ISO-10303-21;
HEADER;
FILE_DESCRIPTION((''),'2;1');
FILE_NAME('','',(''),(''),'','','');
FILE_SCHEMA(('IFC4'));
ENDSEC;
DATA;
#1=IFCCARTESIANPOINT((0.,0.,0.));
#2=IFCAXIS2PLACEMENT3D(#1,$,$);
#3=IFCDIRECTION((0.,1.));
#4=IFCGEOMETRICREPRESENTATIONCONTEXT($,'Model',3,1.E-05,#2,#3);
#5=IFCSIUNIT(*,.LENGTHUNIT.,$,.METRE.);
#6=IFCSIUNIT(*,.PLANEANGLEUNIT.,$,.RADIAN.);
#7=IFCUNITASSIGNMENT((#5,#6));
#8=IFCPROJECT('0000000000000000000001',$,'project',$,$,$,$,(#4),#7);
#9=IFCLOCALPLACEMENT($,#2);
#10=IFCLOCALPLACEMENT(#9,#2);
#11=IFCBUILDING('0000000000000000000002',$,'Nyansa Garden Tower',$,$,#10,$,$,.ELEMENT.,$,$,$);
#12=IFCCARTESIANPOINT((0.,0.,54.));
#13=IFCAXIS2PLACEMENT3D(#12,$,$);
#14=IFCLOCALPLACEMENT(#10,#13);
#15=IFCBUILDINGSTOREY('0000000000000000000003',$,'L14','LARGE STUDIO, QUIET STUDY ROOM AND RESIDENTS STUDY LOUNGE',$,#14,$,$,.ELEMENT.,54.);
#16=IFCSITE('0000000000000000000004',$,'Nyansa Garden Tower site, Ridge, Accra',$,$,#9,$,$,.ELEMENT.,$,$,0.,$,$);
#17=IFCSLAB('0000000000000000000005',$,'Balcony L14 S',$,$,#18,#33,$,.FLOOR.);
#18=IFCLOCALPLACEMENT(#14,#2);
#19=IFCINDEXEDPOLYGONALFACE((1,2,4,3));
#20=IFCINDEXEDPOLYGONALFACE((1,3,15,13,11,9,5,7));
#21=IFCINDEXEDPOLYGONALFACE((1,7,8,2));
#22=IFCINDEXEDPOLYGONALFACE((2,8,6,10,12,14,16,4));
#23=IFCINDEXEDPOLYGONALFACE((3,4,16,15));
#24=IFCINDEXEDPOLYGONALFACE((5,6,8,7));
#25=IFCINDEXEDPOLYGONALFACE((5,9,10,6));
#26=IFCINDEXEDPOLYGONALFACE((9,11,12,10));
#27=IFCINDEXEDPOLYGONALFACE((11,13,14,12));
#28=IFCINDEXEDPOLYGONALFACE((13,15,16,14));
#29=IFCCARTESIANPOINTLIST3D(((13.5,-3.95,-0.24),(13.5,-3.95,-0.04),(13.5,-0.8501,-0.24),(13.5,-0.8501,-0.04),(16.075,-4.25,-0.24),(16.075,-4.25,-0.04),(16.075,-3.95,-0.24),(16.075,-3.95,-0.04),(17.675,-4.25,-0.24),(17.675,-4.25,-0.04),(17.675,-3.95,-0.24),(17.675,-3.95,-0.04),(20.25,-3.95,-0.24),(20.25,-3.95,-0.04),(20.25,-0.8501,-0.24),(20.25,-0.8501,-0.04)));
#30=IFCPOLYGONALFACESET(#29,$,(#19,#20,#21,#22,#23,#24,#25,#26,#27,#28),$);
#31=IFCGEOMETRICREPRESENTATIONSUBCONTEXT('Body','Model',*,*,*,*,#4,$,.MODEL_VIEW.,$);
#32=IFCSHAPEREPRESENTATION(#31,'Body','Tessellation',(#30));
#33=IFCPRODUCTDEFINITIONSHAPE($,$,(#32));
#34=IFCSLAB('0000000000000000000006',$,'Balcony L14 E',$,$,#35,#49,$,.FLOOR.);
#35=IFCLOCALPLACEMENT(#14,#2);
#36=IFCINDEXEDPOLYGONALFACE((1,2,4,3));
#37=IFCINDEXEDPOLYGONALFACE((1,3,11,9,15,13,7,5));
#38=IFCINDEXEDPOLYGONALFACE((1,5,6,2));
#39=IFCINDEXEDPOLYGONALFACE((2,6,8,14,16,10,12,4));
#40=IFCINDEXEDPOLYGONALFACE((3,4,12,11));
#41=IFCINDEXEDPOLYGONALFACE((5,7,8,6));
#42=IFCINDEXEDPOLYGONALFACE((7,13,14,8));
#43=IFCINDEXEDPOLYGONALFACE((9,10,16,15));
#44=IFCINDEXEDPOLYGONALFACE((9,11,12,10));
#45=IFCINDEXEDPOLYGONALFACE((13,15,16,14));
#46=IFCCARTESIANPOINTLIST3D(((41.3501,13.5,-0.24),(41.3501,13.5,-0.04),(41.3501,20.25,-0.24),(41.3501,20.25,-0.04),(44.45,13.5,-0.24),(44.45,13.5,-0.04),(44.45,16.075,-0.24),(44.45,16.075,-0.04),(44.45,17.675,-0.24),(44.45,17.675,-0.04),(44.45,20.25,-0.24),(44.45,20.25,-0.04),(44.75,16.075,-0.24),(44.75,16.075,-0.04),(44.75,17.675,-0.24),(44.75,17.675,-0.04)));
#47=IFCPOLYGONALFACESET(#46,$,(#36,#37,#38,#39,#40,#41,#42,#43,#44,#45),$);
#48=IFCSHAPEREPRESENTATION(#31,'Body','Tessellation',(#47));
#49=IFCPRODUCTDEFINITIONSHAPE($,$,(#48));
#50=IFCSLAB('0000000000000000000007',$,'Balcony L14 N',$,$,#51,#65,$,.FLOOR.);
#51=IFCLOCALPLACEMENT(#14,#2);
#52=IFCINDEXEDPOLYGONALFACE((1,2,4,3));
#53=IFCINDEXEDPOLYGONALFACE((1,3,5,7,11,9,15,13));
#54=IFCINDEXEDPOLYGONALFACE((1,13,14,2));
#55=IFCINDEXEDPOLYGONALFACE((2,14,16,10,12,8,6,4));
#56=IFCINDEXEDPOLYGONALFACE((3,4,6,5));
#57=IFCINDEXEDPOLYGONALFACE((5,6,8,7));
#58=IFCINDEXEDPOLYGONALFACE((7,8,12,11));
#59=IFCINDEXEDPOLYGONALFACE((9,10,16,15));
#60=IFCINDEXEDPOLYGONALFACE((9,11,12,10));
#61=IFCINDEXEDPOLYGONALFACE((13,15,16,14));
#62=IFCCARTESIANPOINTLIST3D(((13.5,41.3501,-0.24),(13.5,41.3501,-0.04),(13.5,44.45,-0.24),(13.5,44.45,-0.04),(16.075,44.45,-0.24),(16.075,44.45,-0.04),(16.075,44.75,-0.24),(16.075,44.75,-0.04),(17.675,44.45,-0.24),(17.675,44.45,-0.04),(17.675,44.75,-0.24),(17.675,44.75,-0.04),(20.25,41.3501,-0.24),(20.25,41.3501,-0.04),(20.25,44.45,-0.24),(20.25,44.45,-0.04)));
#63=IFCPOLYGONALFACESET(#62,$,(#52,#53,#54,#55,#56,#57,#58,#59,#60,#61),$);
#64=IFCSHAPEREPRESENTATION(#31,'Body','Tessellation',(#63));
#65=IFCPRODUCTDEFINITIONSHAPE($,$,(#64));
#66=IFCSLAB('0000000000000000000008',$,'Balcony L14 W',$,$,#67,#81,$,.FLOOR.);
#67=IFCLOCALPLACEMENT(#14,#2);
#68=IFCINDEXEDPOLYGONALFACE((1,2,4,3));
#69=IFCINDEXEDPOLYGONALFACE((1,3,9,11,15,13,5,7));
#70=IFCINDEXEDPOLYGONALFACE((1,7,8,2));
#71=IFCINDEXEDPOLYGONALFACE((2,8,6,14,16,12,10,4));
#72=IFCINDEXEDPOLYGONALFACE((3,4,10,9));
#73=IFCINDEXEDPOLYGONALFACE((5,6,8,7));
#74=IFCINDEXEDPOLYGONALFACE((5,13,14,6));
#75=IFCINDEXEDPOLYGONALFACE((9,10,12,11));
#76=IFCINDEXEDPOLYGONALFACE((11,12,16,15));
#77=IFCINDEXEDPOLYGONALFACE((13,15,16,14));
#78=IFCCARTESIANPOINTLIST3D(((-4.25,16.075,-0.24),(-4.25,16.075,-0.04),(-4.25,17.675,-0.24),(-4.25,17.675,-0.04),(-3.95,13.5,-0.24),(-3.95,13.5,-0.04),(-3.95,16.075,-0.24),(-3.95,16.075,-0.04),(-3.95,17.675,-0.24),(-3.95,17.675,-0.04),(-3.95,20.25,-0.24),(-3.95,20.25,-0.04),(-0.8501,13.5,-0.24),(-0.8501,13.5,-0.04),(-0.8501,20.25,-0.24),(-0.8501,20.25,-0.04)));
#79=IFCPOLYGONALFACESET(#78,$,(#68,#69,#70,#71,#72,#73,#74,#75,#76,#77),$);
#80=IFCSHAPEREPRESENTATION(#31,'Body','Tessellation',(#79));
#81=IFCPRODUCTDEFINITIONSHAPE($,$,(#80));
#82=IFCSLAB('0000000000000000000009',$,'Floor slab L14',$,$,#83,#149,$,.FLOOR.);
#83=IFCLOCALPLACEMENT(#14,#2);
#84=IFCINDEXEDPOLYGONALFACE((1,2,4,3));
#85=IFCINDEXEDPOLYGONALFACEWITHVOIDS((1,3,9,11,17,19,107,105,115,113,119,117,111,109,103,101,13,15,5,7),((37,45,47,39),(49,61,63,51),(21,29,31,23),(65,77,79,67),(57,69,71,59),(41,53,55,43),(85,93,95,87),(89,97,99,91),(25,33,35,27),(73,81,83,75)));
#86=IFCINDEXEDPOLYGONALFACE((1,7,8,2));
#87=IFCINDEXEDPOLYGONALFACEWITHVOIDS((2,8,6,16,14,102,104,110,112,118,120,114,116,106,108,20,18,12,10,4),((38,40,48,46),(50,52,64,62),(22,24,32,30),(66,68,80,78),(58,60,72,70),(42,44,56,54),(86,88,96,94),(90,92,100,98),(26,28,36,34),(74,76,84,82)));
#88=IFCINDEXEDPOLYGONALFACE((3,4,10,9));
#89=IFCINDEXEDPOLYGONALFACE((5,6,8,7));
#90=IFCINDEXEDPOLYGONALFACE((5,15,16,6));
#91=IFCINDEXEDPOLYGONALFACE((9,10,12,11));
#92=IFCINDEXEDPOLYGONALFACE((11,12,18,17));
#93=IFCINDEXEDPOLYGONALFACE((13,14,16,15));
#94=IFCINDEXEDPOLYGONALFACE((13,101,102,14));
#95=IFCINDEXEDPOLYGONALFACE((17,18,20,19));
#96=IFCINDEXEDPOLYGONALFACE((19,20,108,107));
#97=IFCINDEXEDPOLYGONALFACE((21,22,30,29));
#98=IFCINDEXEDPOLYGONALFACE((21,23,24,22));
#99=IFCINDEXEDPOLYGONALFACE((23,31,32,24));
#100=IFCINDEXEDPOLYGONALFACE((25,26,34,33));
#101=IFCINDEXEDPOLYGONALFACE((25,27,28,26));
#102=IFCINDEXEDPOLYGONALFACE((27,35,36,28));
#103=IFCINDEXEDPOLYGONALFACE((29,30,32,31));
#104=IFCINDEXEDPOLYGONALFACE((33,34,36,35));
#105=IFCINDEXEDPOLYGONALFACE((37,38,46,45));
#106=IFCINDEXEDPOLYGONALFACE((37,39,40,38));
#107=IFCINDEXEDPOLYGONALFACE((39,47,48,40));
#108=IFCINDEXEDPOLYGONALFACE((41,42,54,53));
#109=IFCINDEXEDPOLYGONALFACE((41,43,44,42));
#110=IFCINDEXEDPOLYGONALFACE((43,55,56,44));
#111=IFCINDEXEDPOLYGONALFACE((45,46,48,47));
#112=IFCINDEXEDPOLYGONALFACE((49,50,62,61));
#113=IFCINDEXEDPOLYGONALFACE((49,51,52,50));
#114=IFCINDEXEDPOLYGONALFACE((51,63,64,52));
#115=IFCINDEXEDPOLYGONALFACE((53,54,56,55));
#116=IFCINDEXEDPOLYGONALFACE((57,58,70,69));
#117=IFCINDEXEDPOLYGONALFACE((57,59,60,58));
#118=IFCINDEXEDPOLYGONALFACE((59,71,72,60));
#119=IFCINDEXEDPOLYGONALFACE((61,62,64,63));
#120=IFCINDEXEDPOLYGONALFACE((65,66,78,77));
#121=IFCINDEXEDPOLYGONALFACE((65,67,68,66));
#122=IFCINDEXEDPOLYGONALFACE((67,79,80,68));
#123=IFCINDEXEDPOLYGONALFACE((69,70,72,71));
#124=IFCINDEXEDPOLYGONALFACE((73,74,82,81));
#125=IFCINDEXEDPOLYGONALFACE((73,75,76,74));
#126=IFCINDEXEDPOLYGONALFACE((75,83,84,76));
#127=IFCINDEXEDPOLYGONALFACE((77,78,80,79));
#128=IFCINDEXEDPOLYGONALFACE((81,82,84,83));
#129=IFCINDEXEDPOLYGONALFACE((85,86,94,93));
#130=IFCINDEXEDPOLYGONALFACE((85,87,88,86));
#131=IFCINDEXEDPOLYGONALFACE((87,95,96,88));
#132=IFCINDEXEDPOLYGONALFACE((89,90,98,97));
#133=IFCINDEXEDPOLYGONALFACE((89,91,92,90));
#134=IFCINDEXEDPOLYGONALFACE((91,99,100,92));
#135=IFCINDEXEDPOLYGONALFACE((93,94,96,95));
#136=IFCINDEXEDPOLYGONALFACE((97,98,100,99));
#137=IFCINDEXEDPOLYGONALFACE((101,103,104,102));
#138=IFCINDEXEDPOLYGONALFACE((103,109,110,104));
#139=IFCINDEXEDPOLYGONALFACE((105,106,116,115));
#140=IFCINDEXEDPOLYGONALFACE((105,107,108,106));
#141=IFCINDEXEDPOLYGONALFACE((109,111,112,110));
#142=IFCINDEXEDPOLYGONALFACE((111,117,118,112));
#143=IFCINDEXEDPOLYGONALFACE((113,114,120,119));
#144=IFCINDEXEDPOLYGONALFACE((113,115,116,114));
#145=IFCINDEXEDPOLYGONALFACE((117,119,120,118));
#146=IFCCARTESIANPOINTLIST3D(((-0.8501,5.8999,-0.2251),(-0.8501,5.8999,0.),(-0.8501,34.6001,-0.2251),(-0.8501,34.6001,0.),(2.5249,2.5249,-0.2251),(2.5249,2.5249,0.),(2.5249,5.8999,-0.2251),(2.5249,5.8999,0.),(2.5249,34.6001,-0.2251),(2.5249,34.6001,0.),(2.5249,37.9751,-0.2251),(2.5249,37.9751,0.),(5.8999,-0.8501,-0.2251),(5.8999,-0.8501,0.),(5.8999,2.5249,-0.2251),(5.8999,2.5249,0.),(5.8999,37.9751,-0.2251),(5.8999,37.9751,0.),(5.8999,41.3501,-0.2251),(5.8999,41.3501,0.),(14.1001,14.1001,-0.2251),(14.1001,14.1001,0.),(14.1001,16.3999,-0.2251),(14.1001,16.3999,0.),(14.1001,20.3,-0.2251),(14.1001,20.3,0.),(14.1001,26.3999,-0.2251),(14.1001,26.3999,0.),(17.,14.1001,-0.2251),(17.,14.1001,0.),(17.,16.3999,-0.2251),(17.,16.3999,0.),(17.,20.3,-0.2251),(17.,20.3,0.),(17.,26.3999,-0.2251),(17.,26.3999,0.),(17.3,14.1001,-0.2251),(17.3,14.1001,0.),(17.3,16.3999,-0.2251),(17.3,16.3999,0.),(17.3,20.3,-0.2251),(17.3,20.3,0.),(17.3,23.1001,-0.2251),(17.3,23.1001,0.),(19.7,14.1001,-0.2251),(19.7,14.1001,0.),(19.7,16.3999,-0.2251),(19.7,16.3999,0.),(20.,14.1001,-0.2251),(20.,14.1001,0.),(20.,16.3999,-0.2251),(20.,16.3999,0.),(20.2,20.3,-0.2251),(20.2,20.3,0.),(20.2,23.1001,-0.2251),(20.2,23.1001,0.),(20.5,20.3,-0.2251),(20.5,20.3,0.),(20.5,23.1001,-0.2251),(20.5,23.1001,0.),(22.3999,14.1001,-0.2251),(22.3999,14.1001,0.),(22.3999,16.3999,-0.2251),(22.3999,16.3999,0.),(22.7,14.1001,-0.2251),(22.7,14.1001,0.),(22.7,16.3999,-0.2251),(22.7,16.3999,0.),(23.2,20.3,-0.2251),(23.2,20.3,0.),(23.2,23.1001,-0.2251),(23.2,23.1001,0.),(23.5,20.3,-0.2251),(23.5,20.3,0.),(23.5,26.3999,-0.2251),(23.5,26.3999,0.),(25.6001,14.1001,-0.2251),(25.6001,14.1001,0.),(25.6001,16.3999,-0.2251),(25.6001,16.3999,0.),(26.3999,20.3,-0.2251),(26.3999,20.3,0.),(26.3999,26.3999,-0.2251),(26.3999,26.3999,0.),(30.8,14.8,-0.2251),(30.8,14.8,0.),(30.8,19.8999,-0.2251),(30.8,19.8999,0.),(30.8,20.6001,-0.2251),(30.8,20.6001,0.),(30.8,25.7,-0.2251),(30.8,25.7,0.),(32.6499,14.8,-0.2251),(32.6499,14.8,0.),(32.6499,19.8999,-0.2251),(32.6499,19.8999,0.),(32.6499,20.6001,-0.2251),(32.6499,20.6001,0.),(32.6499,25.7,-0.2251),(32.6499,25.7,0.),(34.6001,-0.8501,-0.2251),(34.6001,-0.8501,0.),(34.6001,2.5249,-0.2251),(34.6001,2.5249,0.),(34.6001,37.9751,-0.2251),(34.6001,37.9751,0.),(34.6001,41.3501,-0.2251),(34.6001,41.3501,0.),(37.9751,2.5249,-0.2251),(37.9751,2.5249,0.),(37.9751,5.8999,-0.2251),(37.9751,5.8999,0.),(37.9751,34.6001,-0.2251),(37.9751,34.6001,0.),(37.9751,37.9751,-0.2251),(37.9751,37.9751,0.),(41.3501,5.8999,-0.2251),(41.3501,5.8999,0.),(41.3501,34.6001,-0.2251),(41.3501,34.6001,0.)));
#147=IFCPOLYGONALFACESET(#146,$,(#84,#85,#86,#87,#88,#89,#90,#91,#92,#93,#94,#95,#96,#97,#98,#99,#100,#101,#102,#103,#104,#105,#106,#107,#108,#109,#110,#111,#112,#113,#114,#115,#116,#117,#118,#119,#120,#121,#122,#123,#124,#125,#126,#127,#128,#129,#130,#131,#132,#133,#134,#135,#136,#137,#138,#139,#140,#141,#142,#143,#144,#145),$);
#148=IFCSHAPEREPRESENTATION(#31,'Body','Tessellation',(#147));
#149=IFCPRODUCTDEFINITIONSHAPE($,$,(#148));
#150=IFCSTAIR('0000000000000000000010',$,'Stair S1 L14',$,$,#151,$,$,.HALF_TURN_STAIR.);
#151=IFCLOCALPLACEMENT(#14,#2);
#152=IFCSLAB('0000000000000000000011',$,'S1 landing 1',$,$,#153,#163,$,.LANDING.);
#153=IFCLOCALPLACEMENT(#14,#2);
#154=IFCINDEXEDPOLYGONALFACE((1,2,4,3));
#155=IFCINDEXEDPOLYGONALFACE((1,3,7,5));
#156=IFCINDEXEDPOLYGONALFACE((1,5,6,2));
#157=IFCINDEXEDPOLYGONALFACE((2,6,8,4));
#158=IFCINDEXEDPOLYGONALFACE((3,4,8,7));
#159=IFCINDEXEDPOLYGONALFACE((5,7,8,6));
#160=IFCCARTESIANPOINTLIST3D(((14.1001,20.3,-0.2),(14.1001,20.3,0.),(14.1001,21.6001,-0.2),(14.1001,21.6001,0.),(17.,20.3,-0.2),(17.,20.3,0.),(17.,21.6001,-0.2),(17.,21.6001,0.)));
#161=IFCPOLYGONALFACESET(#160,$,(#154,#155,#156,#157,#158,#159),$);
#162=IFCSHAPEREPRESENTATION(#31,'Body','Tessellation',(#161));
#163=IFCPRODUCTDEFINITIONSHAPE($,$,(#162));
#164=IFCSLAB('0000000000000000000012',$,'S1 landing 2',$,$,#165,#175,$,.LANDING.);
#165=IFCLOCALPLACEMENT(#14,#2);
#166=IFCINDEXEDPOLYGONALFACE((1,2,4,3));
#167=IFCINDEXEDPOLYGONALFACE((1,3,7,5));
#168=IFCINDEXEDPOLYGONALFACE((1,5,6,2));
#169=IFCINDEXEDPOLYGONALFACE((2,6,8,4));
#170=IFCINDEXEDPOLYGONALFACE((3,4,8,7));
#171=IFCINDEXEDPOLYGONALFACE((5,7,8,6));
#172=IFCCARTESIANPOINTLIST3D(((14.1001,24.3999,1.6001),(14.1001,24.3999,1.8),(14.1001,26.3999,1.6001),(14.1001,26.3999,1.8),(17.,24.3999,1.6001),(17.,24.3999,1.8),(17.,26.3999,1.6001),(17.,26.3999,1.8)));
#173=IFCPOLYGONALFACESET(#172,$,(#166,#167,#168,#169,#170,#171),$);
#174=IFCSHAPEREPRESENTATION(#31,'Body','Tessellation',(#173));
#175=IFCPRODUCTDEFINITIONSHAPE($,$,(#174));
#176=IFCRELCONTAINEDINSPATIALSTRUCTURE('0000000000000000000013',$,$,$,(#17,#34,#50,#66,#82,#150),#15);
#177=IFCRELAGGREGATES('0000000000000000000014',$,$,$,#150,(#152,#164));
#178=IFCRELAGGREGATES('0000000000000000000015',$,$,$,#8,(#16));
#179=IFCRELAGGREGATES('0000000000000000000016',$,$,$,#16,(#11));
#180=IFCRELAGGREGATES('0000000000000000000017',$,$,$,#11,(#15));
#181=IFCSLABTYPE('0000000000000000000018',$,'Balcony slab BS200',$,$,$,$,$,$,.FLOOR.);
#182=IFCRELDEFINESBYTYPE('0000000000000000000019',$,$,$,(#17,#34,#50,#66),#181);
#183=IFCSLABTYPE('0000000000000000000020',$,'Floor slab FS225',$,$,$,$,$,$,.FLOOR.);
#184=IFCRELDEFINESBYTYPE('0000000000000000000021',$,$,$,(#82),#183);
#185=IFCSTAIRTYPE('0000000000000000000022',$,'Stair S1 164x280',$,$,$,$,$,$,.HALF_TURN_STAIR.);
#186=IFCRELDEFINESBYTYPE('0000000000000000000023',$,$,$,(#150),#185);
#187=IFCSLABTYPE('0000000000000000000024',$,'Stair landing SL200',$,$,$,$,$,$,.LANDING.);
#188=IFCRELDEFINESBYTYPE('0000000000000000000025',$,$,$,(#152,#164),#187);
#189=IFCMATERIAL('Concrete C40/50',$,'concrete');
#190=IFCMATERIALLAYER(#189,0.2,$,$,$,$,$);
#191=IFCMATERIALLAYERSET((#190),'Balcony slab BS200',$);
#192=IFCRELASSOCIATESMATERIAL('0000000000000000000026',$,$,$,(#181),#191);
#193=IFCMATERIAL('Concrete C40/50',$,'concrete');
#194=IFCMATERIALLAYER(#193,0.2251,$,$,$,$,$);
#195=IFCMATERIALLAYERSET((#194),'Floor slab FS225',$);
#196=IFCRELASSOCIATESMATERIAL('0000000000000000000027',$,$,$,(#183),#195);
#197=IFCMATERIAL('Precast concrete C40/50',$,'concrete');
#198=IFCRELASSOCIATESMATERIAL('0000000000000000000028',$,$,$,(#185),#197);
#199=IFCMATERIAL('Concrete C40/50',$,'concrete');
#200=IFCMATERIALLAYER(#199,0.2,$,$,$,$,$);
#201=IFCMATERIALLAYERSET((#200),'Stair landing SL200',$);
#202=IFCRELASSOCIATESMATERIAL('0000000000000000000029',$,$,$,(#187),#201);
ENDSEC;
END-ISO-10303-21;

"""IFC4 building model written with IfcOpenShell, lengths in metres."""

from ifc_helpers import new_model, si_unit, direction, frame, origin, place, context, subcontext, project, spatial, polyline, outline, extrude, material, layer, layer_set, type_object, element, aggregate, save


model = new_model("IFC4")

# Units and contexts
model_context = context("Model", 3, precision=1e-05, world=origin(), true_north=direction((0.0, 1.0)))
body_context = subcontext(model_context, "Body", "Model", "MODEL_VIEW")
ifc_project = project(units=[si_unit("LENGTHUNIT", "METRE"), si_unit("PLANEANGLEUNIT", "RADIAN")], contexts=[model_context])

# Site, building, storey
site_placement = place(None, origin())
site = spatial("IfcSite", under=ifc_project, at=site_placement, Name="Nyansa Garden Tower site, Ridge, Accra", CompositionType="ELEMENT", RefElevation=0.0)
building_placement = place(site_placement, origin())
building = spatial("IfcBuilding", under=site, at=building_placement, Name="Nyansa Garden Tower", CompositionType="ELEMENT")
storey_placement = place(building_placement, frame((0.0, 0.0, 54.0)))
storey = spatial("IfcBuildingStorey", under=building, at=storey_placement, Name="L14", Description="LARGE STUDIO, QUIET STUDY ROOM AND RESIDENTS STUDY LOUNGE", CompositionType="ELEMENT", Elevation=54.0)

# Slabs
ifc_material_1 = material(Name="Concrete C40/50", Category="concrete")
ifc_layer_1 = layer(ifc_material_1, 0.2)
ifc_layer_set_1 = layer_set([ifc_layer_1], Name="Balcony slab BS200")
slab_type_1 = type_object("IfcSlabType", Name="Balcony slab BS200", PredefinedType="FLOOR", material=ifc_layer_set_1)
slab_1_placement = place(storey_placement, frame((0.0, 0.0, -0.24)))
element("IfcSlab", 1, at=slab_1_placement, inside=storey, type_object=slab_type_1, Name="Balcony L14 S", PredefinedType="FLOOR", context=body_context, shape_type="SweptSolid", body=[
    extrude(outline(polyline([(13.5, -0.8501), (20.25, -0.8501), (20.25, -3.95), (17.675, -3.95), (17.675, -4.25), (16.075, -4.25), (16.075, -3.95), (13.5, -3.95), (13.5, -0.8501)])), origin(), (0.0, 0.0, 1.0), 0.2),
])
slab_2_placement = place(storey_placement, frame((0.0, 0.0, -0.24)))
element("IfcSlab", 2, at=slab_2_placement, inside=storey, type_object=slab_type_1, Name="Balcony L14 E", PredefinedType="FLOOR", context=body_context, shape_type="SweptSolid", body=[
    extrude(outline(polyline([(41.3501, 13.5), (41.3501, 20.25), (44.45, 20.25), (44.45, 17.675), (44.75, 17.675), (44.75, 16.075), (44.45, 16.075), (44.45, 13.5), (41.3501, 13.5)])), origin(), (0.0, 0.0, 1.0), 0.2),
])
slab_3_placement = place(storey_placement, frame((0.0, 0.0, -0.24)))
element("IfcSlab", 3, at=slab_3_placement, inside=storey, type_object=slab_type_1, Name="Balcony L14 N", PredefinedType="FLOOR", context=body_context, shape_type="SweptSolid", body=[
    extrude(outline(polyline([(13.5, 41.3501), (20.25, 41.3501), (20.25, 44.45), (17.675, 44.45), (17.675, 44.75), (16.075, 44.75), (16.075, 44.45), (13.5, 44.45), (13.5, 41.3501)])), origin(), (0.0, 0.0, 1.0), 0.2),
])
slab_4_placement = place(storey_placement, frame((0.0, 0.0, -0.24)))
element("IfcSlab", 4, at=slab_4_placement, inside=storey, type_object=slab_type_1, Name="Balcony L14 W", PredefinedType="FLOOR", context=body_context, shape_type="SweptSolid", body=[
    extrude(outline(polyline([(-0.8501, 13.5), (-0.8501, 20.25), (-3.95, 20.25), (-3.95, 17.675), (-4.25, 17.675), (-4.25, 16.075), (-3.95, 16.075), (-3.95, 13.5), (-0.8501, 13.5)])), origin(), (0.0, 0.0, 1.0), 0.2),
])
ifc_material_2 = material(Name="Concrete C40/50", Category="concrete")
ifc_layer_2 = layer(ifc_material_2, 0.2251)
ifc_layer_set_2 = layer_set([ifc_layer_2], Name="Floor slab FS225")
slab_type_2 = type_object("IfcSlabType", Name="Floor slab FS225", PredefinedType="FLOOR", material=ifc_layer_set_2)
slab_5_placement = place(storey_placement, frame((0.0, 0.0, -0.2251)))
element("IfcSlab", 5, at=slab_5_placement, inside=storey, type_object=slab_type_2, Name="Floor slab L14", PredefinedType="FLOOR", context=body_context, shape_type="SweptSolid", body=[
    extrude(outline(polyline([(41.3501, 5.8999), (37.9751, 5.8999), (37.9751, 2.5249), (34.6001, 2.5249), (34.6001, -0.8501), (5.8999, -0.8501), (5.8999, 2.5249), (2.5249, 2.5249), (2.5249, 5.8999), (-0.8501, 5.8999), (-0.8501, 34.6001), (2.5249, 34.6001), (2.5249, 37.9751), (5.8999, 37.9751), (5.8999, 41.3501), (34.6001, 41.3501), (34.6001, 37.9751), (37.9751, 37.9751), (37.9751, 34.6001), (41.3501, 34.6001), (41.3501, 5.8999)]), holes=[polyline([(14.1001, 14.1001), (17.0, 14.1001), (17.0, 16.3999), (14.1001, 16.3999), (14.1001, 14.1001)]), polyline([(17.3, 14.1001), (19.7, 14.1001), (19.7, 16.3999), (17.3, 16.3999), (17.3, 14.1001)]), polyline([(20.0, 14.1001), (22.3999, 14.1001), (22.3999, 16.3999), (20.0, 16.3999), (20.0, 14.1001)]), polyline([(22.7, 14.1001), (25.6001, 14.1001), (25.6001, 16.3999), (22.7, 16.3999), (22.7, 14.1001)]), polyline([(17.3, 20.3), (20.2, 20.3), (20.2, 23.1001), (17.3, 23.1001), (17.3, 20.3)]), polyline([(20.5, 20.3), (23.2, 20.3), (23.2, 23.1001), (20.5, 23.1001), (20.5, 20.3)]), polyline([(30.8, 14.8), (32.6499, 14.8), (32.6499, 19.8999), (30.8, 19.8999), (30.8, 14.8)]), polyline([(30.8, 20.6001), (32.6499, 20.6001), (32.6499, 25.7), (30.8, 25.7), (30.8, 20.6001)]), polyline([(14.1001, 20.3), (17.0, 20.3), (17.0, 26.3999), (14.1001, 26.3999), (14.1001, 20.3)]), polyline([(23.5, 20.3), (26.3999, 20.3), (26.3999, 26.3999), (23.5, 26.3999), (23.5, 20.3)])]), origin(), (0.0, 0.0, 1.0), 0.2251),
])

# Stair, slabs
ifc_material_3 = material(Name="Precast concrete C40/50", Category="concrete")
stair_type = type_object("IfcStairType", Name="Stair S1 164x280", PredefinedType="HALF_TURN_STAIR", material=ifc_material_3)
stair_placement = place(storey_placement, origin())
stair = element("IfcStair", 6, at=stair_placement, inside=storey, type_object=stair_type, Name="Stair S1 L14", PredefinedType="HALF_TURN_STAIR")
ifc_material_4 = material(Name="Concrete C40/50", Category="concrete")
ifc_layer_3 = layer(ifc_material_4, 0.2)
ifc_layer_set_3 = layer_set([ifc_layer_3], Name="Stair landing SL200")
slab_type_3 = type_object("IfcSlabType", Name="Stair landing SL200", PredefinedType="LANDING", material=ifc_layer_set_3)
slab_6_placement = place(storey_placement, frame((0.0, 0.0, -0.2)))
slab_6 = element("IfcSlab", 7, at=slab_6_placement, type_object=slab_type_3, Name="S1 landing 1", PredefinedType="LANDING", context=body_context, shape_type="SweptSolid", body=[
    extrude(outline(polyline([(14.1001, 20.3), (17.0, 20.3), (17.0, 21.6001), (14.1001, 21.6001), (14.1001, 20.3)])), origin(), (0.0, 0.0, 1.0), 0.2),
])
slab_7_placement = place(storey_placement, frame((0.0, 0.0, 1.6001)))
slab_7 = element("IfcSlab", 8, at=slab_7_placement, type_object=slab_type_3, Name="S1 landing 2", PredefinedType="LANDING", context=body_context, shape_type="SweptSolid", body=[
    extrude(outline(polyline([(14.1001, 24.3999), (17.0, 24.3999), (17.0, 26.3999), (14.1001, 26.3999), (14.1001, 24.3999)])), origin(), (0.0, 0.0, 1.0), 0.2),
])
aggregate(stair, [slab_6, slab_7])

save(model, "model.ifc")
